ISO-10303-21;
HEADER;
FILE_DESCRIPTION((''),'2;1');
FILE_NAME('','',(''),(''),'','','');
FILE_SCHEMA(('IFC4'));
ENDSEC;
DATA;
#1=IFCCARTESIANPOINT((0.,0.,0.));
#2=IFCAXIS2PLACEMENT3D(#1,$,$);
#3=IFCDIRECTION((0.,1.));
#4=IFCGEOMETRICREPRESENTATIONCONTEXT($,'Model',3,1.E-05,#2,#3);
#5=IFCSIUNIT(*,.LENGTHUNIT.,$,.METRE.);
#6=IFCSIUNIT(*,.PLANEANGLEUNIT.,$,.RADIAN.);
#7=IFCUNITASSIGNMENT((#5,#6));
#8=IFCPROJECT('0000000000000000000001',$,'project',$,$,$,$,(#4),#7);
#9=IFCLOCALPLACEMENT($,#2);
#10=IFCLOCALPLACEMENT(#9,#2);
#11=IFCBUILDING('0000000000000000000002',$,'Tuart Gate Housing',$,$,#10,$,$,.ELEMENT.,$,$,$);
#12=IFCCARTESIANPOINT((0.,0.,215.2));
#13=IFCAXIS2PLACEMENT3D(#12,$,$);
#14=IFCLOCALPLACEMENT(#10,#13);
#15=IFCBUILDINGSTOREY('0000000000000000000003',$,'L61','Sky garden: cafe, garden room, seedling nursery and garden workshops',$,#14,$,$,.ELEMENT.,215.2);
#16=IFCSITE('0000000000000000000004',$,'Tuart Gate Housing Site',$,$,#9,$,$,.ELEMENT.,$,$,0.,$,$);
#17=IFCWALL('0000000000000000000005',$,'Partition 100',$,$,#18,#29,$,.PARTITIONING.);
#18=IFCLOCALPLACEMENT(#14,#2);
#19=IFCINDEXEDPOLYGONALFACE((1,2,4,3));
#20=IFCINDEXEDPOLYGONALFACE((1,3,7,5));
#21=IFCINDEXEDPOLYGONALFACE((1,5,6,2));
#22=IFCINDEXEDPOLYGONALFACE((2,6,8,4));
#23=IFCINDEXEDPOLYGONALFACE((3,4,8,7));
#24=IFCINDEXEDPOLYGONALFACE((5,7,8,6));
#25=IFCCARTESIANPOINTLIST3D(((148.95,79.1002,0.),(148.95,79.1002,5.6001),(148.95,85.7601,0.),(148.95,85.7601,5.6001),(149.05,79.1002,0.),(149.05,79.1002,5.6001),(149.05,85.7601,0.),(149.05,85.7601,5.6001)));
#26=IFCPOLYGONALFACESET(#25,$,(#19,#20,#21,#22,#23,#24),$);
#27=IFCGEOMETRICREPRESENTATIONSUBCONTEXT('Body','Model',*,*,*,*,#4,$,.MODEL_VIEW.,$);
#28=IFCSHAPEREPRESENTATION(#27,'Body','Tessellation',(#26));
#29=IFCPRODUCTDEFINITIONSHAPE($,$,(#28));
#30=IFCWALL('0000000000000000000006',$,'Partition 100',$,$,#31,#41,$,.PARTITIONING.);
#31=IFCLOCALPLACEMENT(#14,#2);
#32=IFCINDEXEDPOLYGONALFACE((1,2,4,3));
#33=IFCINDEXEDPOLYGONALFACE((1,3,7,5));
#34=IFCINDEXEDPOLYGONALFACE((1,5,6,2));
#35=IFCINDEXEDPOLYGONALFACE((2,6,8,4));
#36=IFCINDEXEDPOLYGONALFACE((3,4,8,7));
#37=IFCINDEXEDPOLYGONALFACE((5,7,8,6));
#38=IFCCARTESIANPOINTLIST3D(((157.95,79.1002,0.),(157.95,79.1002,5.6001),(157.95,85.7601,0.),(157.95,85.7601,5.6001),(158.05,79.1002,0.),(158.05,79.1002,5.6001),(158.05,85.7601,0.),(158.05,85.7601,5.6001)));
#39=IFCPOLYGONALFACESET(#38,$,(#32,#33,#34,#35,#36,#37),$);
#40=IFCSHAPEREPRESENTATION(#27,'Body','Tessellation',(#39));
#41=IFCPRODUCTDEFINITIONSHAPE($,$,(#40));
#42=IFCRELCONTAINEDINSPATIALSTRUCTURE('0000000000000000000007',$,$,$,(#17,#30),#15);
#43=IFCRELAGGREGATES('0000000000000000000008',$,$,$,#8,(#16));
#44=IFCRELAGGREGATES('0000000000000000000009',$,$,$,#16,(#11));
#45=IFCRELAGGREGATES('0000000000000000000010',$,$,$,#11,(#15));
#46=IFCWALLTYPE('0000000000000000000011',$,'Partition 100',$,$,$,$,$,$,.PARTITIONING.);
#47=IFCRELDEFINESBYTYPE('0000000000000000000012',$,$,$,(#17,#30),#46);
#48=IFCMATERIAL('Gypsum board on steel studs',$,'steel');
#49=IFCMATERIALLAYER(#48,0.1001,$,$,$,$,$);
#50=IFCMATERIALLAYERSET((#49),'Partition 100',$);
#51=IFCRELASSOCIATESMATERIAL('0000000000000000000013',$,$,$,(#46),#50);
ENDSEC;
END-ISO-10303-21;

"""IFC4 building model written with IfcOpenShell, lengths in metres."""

from ifc_helpers import new_model, si_unit, direction, frame, frame_2d, origin, place, context, subcontext, project, spatial, rectangle, extrude, material, layer, layer_set, type_object, element, save


model = new_model("IFC4")

# Units and contexts
model_context = context("Model", 3, precision=1e-05, world=origin(), true_north=direction((0.0, 1.0)))
body_context = subcontext(model_context, "Body", "Model", "MODEL_VIEW")
ifc_project = project(units=[si_unit("LENGTHUNIT", "METRE"), si_unit("PLANEANGLEUNIT", "RADIAN")], contexts=[model_context])

# Site, building, storey
site_placement = place(None, origin())
site = spatial("IfcSite", under=ifc_project, at=site_placement, Name="Tuart Gate Housing Site", CompositionType="ELEMENT", RefElevation=0.0)
building_placement = place(site_placement, origin())
building = spatial("IfcBuilding", under=site, at=building_placement, Name="Tuart Gate Housing", CompositionType="ELEMENT")
storey_placement = place(building_placement, frame((0.0, 0.0, 215.2)))
storey = spatial("IfcBuildingStorey", under=building, at=storey_placement, Name="L61", Description="Sky garden: cafe, garden room, seedling nursery and garden workshops", CompositionType="ELEMENT", Elevation=215.2)

# Walls
ifc_material_1 = material(Name="Gypsum board on steel studs", Category="steel")
ifc_layer_1 = layer(ifc_material_1, 0.1001)
ifc_layer_set_1 = layer_set([ifc_layer_1], Name="Partition 100")
wall_type_1 = type_object("IfcWallType", Name="Partition 100", PredefinedType="PARTITIONING", material=ifc_layer_set_1)
for number, where, z_axis, x_axis, name in (
    (1, (149.0, 79.1001, 0.0), (0.0, 0.0, 1.0), (0.0, 1.0, 0.0), "Partition 100"),
    (2, (158.0, 79.1001, 0.0), (0.0, 0.0, 1.0), (0.0, 1.0, 0.0), "Partition 100"),
):
    element("IfcWall", number, at=place(storey_placement, frame(where, z_axis=z_axis, x_axis=x_axis)), inside=storey, type_object=wall_type_1, Name=name, PredefinedType="PARTITIONING", context=body_context, shape_type="SweptSolid", body=[
        extrude(rectangle(XDim=6.6599, YDim=0.1001, at=frame_2d((3.3301, 0.0))), origin(), (0.0, 0.0, 1.0), 5.6001),
    ])

save(model, "model.ifc")
